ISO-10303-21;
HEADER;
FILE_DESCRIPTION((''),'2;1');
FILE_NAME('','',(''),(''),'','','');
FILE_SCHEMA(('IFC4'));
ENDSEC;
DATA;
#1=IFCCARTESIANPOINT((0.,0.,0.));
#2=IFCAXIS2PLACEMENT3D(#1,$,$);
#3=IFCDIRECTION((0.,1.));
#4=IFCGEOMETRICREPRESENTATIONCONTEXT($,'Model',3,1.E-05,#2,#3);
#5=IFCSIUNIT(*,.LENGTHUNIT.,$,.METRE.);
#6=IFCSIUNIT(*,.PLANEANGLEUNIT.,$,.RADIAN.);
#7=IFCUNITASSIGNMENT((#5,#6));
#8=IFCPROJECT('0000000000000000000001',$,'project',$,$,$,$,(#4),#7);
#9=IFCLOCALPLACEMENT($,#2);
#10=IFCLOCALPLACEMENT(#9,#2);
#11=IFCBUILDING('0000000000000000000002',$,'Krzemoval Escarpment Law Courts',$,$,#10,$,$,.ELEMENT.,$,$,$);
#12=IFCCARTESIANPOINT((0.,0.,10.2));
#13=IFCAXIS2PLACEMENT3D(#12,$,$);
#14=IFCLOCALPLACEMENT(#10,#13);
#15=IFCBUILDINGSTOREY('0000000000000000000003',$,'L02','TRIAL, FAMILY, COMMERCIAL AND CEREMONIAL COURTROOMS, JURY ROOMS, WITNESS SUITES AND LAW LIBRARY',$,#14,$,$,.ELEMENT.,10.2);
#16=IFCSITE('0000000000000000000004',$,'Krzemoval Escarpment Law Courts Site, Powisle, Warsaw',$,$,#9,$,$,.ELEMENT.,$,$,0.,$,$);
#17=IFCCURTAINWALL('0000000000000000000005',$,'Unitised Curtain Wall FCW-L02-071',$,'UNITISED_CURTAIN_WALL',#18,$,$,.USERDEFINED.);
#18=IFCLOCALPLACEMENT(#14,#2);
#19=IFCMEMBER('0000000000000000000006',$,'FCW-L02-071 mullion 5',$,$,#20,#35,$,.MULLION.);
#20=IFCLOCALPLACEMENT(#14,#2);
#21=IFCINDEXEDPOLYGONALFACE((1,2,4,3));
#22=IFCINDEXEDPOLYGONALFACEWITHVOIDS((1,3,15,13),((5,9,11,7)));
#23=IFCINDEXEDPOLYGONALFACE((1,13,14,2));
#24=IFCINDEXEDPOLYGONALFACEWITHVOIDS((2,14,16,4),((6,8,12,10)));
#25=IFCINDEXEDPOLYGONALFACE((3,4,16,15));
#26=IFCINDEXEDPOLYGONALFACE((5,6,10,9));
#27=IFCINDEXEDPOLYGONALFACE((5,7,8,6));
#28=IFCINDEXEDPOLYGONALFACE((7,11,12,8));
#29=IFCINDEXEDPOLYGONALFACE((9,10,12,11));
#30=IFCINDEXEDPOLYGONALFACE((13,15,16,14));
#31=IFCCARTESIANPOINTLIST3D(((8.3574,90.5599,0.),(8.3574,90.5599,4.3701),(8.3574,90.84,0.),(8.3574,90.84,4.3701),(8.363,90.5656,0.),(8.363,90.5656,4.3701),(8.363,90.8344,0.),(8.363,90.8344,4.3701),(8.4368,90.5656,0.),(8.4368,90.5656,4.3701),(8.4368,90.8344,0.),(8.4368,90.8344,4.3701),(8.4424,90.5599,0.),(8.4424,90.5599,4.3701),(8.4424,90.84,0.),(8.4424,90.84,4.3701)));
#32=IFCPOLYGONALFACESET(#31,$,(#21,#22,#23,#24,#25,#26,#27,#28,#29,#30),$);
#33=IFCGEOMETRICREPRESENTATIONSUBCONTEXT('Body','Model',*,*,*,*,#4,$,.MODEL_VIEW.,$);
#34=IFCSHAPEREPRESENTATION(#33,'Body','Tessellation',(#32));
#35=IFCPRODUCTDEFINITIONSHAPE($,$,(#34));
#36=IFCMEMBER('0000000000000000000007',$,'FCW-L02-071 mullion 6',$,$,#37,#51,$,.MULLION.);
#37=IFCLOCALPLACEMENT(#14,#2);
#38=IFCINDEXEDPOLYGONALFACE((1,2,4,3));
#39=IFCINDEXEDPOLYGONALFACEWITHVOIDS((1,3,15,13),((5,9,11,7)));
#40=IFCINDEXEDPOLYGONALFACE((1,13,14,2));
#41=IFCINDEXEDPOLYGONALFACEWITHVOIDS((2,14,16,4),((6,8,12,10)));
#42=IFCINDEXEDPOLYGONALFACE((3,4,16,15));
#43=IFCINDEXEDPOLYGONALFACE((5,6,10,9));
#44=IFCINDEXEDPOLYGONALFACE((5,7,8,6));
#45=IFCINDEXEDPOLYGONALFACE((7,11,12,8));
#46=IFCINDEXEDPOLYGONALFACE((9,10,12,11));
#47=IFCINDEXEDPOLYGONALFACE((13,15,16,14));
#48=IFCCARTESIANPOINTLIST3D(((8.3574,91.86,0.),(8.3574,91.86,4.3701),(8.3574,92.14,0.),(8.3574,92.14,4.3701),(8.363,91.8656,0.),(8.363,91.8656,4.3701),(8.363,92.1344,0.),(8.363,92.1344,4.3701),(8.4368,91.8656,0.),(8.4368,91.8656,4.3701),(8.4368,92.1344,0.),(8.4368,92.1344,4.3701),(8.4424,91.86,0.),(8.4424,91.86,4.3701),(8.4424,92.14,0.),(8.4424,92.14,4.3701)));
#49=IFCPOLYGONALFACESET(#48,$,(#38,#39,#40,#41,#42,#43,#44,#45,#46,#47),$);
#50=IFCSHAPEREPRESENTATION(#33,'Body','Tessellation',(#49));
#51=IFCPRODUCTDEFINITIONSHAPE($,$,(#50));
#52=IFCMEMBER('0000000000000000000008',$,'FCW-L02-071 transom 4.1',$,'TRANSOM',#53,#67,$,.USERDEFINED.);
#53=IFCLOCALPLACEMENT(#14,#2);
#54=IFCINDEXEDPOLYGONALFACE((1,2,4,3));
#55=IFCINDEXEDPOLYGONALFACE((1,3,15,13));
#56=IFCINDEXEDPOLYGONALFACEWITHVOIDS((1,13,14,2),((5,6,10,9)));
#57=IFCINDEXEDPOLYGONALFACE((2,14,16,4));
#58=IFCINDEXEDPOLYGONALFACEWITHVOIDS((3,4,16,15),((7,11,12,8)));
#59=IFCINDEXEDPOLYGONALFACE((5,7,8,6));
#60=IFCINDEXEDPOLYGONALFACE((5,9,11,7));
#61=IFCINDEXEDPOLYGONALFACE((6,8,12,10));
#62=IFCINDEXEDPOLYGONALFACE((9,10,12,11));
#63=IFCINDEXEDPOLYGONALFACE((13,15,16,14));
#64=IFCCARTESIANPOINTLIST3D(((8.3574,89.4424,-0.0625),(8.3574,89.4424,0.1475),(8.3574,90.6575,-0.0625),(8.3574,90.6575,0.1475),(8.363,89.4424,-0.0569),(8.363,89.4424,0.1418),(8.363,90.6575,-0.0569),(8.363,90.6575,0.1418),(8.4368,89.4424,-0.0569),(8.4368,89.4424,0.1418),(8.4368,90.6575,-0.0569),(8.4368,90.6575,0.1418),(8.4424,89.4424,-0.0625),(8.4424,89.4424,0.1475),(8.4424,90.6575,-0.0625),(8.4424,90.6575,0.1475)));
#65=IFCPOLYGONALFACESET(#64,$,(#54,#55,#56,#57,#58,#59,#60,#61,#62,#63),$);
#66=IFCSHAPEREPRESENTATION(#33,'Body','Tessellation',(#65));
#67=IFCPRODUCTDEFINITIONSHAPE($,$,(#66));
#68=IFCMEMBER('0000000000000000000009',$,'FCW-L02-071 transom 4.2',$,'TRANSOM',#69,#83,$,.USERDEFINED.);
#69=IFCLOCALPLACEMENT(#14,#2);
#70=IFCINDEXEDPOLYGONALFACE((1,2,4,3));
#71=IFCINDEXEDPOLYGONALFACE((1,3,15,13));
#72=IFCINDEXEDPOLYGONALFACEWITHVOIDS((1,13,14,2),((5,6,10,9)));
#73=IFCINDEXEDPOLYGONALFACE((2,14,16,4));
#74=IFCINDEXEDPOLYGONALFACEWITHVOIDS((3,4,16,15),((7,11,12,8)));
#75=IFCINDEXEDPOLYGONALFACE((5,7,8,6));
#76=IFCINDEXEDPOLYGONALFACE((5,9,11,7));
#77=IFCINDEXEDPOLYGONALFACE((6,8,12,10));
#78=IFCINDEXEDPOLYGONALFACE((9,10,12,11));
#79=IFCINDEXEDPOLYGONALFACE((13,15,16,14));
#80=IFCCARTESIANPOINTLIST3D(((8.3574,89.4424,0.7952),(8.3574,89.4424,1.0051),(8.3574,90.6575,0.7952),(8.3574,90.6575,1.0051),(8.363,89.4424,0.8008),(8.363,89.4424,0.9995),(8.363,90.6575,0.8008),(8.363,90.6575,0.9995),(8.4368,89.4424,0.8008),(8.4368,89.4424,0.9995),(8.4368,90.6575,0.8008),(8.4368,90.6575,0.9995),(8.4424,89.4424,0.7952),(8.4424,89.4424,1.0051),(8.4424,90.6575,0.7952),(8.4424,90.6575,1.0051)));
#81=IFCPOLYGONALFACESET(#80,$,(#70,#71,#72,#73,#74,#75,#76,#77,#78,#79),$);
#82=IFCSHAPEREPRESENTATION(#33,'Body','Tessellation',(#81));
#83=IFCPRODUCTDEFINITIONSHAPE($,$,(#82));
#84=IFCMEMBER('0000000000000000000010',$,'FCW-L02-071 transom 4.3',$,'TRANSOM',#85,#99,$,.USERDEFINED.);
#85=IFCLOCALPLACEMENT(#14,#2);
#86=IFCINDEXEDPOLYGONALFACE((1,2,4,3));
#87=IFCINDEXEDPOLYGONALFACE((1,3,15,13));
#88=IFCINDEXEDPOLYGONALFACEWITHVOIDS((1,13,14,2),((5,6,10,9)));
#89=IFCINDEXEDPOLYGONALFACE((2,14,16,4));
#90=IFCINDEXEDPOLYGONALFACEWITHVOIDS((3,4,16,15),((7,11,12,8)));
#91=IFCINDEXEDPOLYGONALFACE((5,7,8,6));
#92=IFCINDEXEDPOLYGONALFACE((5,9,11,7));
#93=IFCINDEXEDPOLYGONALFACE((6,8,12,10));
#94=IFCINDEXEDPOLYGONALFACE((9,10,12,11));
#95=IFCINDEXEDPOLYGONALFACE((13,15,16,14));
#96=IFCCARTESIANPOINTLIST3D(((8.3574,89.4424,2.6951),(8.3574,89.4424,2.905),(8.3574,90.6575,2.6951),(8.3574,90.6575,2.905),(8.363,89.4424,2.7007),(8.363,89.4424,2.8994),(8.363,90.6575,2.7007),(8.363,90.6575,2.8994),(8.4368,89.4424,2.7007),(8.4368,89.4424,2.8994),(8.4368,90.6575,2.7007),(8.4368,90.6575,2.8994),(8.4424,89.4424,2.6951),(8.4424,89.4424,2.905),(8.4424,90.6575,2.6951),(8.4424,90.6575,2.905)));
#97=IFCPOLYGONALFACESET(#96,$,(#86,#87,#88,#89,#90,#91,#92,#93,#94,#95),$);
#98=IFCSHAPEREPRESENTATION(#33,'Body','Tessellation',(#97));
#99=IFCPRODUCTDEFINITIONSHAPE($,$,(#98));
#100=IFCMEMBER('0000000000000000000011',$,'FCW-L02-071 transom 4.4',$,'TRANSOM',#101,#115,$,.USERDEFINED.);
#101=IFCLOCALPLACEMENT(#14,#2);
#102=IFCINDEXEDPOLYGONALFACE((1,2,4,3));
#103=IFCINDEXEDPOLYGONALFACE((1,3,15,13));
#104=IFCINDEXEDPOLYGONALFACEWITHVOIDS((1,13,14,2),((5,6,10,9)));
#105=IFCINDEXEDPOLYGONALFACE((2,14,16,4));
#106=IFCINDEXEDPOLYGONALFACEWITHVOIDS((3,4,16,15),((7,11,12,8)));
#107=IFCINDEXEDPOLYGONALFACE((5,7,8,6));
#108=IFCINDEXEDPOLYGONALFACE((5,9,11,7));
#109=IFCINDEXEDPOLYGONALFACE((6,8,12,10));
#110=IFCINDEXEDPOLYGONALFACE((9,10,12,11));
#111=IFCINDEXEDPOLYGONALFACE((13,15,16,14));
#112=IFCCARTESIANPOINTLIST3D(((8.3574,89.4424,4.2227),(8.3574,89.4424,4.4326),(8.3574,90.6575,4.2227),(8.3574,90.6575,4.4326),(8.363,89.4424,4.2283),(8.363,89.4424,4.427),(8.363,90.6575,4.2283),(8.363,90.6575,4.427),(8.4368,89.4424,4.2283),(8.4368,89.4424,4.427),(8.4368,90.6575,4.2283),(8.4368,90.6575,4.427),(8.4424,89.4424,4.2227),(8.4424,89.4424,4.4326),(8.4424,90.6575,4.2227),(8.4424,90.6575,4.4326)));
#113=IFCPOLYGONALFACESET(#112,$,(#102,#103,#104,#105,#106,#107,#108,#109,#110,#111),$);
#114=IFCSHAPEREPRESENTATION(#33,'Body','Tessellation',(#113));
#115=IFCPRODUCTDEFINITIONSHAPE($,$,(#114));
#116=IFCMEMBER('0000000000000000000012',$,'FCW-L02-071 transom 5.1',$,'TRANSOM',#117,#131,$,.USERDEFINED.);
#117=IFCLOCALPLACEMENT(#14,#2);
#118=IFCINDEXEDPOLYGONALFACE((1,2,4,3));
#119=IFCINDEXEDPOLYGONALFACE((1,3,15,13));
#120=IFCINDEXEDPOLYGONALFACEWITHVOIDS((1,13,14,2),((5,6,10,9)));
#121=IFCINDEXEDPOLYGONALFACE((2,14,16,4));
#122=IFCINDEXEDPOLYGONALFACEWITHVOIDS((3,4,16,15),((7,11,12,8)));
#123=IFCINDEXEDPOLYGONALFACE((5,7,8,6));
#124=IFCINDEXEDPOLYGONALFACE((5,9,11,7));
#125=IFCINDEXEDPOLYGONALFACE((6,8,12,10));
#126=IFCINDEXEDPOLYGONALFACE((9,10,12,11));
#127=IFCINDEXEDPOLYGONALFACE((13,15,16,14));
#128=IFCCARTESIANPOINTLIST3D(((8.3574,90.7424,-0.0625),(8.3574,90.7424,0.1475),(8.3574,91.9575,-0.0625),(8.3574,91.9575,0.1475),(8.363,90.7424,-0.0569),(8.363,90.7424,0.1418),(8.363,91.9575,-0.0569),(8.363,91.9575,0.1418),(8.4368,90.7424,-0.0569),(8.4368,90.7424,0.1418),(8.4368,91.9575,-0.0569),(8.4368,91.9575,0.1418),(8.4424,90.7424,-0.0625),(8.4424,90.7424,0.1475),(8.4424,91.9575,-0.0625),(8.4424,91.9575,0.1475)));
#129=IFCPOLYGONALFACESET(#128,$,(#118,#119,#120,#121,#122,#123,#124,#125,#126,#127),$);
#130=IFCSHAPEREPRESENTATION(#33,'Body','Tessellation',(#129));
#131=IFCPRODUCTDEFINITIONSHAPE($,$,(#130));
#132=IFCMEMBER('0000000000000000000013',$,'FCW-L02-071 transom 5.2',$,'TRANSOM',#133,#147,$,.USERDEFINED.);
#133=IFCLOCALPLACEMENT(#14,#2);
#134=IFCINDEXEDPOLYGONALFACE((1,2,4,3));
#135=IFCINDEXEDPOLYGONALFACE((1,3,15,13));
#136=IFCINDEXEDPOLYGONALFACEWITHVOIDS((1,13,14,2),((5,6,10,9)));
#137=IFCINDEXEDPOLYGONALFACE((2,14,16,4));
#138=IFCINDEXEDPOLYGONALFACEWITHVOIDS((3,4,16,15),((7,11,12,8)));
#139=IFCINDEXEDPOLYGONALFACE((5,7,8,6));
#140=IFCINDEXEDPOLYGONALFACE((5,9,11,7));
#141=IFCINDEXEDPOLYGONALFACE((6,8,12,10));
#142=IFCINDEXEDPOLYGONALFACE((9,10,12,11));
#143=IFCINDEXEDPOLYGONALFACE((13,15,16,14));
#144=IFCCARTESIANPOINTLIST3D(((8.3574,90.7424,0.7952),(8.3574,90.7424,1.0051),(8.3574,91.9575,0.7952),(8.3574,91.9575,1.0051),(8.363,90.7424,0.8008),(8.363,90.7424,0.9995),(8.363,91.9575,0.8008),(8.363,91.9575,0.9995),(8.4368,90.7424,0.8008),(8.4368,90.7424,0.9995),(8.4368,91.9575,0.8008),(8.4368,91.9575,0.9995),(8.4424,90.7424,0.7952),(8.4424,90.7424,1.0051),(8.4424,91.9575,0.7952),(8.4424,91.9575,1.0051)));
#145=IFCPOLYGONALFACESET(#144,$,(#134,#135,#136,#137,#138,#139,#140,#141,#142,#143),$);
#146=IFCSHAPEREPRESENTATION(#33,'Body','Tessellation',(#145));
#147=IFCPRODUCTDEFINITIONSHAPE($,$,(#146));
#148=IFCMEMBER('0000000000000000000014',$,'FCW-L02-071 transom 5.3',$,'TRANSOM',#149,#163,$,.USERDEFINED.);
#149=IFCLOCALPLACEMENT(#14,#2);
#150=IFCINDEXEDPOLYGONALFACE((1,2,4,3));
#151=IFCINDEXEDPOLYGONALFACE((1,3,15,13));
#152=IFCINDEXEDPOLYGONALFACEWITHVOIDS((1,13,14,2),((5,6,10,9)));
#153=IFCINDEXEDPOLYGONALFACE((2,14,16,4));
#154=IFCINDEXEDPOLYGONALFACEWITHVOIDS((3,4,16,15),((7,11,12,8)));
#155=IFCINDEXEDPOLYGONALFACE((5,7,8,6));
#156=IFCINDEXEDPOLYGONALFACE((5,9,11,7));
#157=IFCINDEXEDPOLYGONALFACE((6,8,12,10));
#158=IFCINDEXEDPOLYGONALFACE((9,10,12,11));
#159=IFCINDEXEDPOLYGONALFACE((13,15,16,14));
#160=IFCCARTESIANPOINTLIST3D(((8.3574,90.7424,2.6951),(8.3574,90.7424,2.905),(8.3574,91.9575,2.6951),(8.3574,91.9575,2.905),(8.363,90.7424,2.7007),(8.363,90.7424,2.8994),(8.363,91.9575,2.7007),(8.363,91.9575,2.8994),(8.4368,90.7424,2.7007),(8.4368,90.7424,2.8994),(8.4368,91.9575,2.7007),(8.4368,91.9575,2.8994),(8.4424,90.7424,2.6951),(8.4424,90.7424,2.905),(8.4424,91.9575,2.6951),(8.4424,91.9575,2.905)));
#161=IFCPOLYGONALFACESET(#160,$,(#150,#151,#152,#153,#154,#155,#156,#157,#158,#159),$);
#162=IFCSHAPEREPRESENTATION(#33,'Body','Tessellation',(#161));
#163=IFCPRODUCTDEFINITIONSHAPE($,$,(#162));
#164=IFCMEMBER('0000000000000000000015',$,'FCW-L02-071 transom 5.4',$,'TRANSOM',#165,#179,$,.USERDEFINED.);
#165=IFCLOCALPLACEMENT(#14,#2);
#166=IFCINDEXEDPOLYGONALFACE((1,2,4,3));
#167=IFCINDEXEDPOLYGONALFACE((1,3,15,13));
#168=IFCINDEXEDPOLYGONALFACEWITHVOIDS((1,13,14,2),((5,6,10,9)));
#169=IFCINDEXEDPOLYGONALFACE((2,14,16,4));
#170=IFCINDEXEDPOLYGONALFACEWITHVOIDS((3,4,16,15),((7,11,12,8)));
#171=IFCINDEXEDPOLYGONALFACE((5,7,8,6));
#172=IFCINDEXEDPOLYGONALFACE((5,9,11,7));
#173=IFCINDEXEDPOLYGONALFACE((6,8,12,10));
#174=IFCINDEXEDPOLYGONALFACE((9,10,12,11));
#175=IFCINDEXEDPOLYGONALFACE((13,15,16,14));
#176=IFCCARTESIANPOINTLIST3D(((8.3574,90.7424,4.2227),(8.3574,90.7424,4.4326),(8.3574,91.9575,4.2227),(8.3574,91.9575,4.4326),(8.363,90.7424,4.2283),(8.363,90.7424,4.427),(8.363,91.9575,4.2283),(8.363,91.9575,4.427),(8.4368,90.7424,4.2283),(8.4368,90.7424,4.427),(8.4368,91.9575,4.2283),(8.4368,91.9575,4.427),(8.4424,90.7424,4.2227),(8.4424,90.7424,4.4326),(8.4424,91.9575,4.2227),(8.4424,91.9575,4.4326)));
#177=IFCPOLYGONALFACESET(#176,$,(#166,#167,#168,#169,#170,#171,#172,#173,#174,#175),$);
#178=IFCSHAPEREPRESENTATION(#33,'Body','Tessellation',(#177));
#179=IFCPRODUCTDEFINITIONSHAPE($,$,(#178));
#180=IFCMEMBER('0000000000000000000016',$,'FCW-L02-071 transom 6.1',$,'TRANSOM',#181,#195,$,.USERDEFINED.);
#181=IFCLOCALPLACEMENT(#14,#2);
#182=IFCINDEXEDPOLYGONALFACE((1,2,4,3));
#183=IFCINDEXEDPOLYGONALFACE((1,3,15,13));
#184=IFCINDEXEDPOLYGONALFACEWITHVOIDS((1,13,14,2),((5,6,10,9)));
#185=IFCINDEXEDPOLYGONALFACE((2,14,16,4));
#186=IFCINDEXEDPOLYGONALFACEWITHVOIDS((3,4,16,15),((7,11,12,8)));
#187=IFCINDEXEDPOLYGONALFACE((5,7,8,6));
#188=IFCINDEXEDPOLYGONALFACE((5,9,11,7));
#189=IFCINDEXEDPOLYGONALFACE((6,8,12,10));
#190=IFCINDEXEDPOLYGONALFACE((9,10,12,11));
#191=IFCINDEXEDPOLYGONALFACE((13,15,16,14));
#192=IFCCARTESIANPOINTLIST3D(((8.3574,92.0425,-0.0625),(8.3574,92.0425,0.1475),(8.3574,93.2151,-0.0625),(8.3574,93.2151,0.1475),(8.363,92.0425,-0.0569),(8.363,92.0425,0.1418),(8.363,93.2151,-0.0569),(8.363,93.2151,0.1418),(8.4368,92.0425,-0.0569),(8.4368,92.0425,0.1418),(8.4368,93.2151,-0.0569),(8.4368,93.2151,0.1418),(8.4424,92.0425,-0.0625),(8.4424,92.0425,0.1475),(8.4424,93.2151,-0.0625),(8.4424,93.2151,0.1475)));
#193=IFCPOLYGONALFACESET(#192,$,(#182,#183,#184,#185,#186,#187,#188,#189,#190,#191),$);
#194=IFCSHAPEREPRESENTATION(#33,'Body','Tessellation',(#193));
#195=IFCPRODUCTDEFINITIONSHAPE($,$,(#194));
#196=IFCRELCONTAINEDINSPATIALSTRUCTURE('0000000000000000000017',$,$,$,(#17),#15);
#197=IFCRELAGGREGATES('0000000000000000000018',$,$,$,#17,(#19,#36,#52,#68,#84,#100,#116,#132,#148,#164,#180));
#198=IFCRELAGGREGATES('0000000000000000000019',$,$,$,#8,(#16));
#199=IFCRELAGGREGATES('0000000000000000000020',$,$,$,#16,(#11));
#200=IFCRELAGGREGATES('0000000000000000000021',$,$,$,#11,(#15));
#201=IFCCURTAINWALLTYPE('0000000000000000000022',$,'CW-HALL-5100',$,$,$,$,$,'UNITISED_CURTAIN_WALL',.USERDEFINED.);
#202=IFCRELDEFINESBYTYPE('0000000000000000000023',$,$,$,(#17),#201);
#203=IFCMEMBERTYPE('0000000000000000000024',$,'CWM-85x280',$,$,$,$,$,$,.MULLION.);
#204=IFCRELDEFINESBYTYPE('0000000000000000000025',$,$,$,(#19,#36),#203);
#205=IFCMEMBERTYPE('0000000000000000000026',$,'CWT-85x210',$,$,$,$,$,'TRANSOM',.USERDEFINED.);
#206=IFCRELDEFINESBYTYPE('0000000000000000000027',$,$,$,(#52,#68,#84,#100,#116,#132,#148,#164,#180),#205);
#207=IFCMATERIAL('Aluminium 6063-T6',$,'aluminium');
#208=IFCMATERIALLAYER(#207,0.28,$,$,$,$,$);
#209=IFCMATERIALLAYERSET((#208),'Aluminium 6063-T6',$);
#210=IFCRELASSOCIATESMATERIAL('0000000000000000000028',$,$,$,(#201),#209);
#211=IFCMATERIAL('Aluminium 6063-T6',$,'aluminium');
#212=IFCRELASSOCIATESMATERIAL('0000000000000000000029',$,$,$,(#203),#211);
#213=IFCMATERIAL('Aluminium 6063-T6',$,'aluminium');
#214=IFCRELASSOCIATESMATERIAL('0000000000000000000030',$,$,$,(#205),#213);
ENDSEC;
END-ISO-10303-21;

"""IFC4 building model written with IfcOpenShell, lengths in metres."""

from ifc_helpers import new_model, si_unit, direction, frame, origin, origin_2d, place, context, subcontext, project, spatial, hollow_rectangle, extrude, material, layer, layer_set, material_profile, profile_set, type_object, element, aggregate, save


model = new_model("IFC4")

# Units and contexts
model_context = context("Model", 3, precision=1e-05, world=origin(), true_north=direction((0.0, 1.0)))
body_context = subcontext(model_context, "Body", "Model", "MODEL_VIEW")
ifc_project = project(units=[si_unit("LENGTHUNIT", "METRE"), si_unit("PLANEANGLEUNIT", "RADIAN")], contexts=[model_context])

# Site, building, storey
site_placement = place(None, origin())
site = spatial("IfcSite", under=ifc_project, at=site_placement, Name="Krzemoval Escarpment Law Courts Site, Powisle, Warsaw", CompositionType="ELEMENT", RefElevation=0.0)
building_placement = place(site_placement, origin())
building = spatial("IfcBuilding", under=site, at=building_placement, Name="Krzemoval Escarpment Law Courts", CompositionType="ELEMENT")
storey_placement = place(building_placement, frame((0.0, 0.0, 10.2)))
storey = spatial("IfcBuildingStorey", under=building, at=storey_placement, Name="L02", Description="TRIAL, FAMILY, COMMERCIAL AND CEREMONIAL COURTROOMS, JURY ROOMS, WITNESS SUITES AND LAW LIBRARY", CompositionType="ELEMENT", Elevation=10.2)

# Curtain wall, members
ifc_material_1 = material(Name="Aluminium 6063-T6", Category="aluminium")
ifc_layer_1 = layer(ifc_material_1, 0.28)
ifc_layer_set_1 = layer_set([ifc_layer_1], Name="Aluminium 6063-T6")
curtain_wall_type = type_object("IfcCurtainWallType", Name="CW-HALL-5100", ElementType="UNITISED_CURTAIN_WALL", PredefinedType="USERDEFINED", material=ifc_layer_set_1)
curtain_wall_placement = place(storey_placement, origin())
curtain_wall = element("IfcCurtainWall", 1, at=curtain_wall_placement, inside=storey, type_object=curtain_wall_type, Name="Unitised Curtain Wall FCW-L02-071", ObjectType="UNITISED_CURTAIN_WALL", PredefinedType="USERDEFINED")
ifc_material_2 = material(Name="Aluminium 6063-T6", Category="aluminium")
ifc_material_profile_1 = material_profile(ifc_material_2, hollow_rectangle(XDim=0.085, YDim=0.28, WallThickness=0.0056, at=origin_2d()), Name="ALU M85x280")
ifc_profile_set_1 = profile_set([ifc_material_profile_1], Name="Aluminium 6063-T6")
member_type_1 = type_object("IfcMemberType", Name="CWM-85x280", PredefinedType="MULLION", material=ifc_profile_set_1)
member_1_placement = place(storey_placement, frame((8.3999, 90.7, 0.0), z_axis=(0.0, 0.0, 1.0), x_axis=(-1.0, 0.0, 0.0)))
member_1 = element("IfcMember", 2, at=member_1_placement, type_object=member_type_1, Name="FCW-L02-071 mullion 5", PredefinedType="MULLION", context=body_context, shape_type="SweptSolid", body=[
    extrude(hollow_rectangle(XDim=0.085, YDim=0.28, WallThickness=0.0056, at=origin_2d()), origin(), (0.0, 0.0, 1.0), 4.3701),
])
member_2_placement = place(storey_placement, frame((8.3999, 92.0, 0.0), z_axis=(0.0, 0.0, 1.0), x_axis=(-1.0, 0.0, 0.0)))
member_2 = element("IfcMember", 3, at=member_2_placement, type_object=member_type_1, Name="FCW-L02-071 mullion 6", PredefinedType="MULLION", context=body_context, shape_type="SweptSolid", body=[
    extrude(hollow_rectangle(XDim=0.085, YDim=0.28, WallThickness=0.0056, at=origin_2d()), origin(), (0.0, 0.0, 1.0), 4.3701),
])
ifc_material_3 = material(Name="Aluminium 6063-T6", Category="aluminium")
ifc_material_profile_2 = material_profile(ifc_material_3, hollow_rectangle(XDim=0.085, YDim=0.21, WallThickness=0.0056, at=origin_2d()), Name="ALU T85x210")
ifc_profile_set_2 = profile_set([ifc_material_profile_2], Name="Aluminium 6063-T6")
member_type_2 = type_object("IfcMemberType", Name="CWT-85x210", ElementType="TRANSOM", PredefinedType="USERDEFINED", material=ifc_profile_set_2)
member_3_placement = place(storey_placement, frame((8.3999, 89.4424, 0.0425), z_axis=(0.0, 1.0, 0.0), x_axis=(-1.0, 0.0, 0.0)))
member_3 = element("IfcMember", 4, at=member_3_placement, type_object=member_type_2, Name="FCW-L02-071 transom 4.1", ObjectType="TRANSOM", PredefinedType="USERDEFINED", context=body_context, shape_type="SweptSolid", body=[
    extrude(hollow_rectangle(XDim=0.085, YDim=0.21, WallThickness=0.0056, at=origin_2d()), origin(), (0.0, 0.0, 1.0), 1.2151),
])
member_4_placement = place(storey_placement, frame((8.3999, 89.4424, 0.9001), z_axis=(0.0, 1.0, 0.0), x_axis=(-1.0, 0.0, 0.0)))
member_4 = element("IfcMember", 5, at=member_4_placement, type_object=member_type_2, Name="FCW-L02-071 transom 4.2", ObjectType="TRANSOM", PredefinedType="USERDEFINED", context=body_context, shape_type="SweptSolid", body=[
    extrude(hollow_rectangle(XDim=0.085, YDim=0.21, WallThickness=0.0056, at=origin_2d()), origin(), (0.0, 0.0, 1.0), 1.2151),
])
member_5_placement = place(storey_placement, frame((8.3999, 89.4424, 2.8), z_axis=(0.0, 1.0, 0.0), x_axis=(-1.0, 0.0, 0.0)))
member_5 = element("IfcMember", 6, at=member_5_placement, type_object=member_type_2, Name="FCW-L02-071 transom 4.3", ObjectType="TRANSOM", PredefinedType="USERDEFINED", context=body_context, shape_type="SweptSolid", body=[
    extrude(hollow_rectangle(XDim=0.085, YDim=0.21, WallThickness=0.0056, at=origin_2d()), origin(), (0.0, 0.0, 1.0), 1.2151),
])
member_6_placement = place(storey_placement, frame((8.3999, 89.4424, 4.3276), z_axis=(0.0, 1.0, 0.0), x_axis=(-1.0, 0.0, 0.0)))
member_6 = element("IfcMember", 7, at=member_6_placement, type_object=member_type_2, Name="FCW-L02-071 transom 4.4", ObjectType="TRANSOM", PredefinedType="USERDEFINED", context=body_context, shape_type="SweptSolid", body=[
    extrude(hollow_rectangle(XDim=0.085, YDim=0.21, WallThickness=0.0056, at=origin_2d()), origin(), (0.0, 0.0, 1.0), 1.2151),
])
member_7_placement = place(storey_placement, frame((8.3999, 90.7424, 0.0425), z_axis=(0.0, 1.0, 0.0), x_axis=(-1.0, 0.0, 0.0)))
member_7 = element("IfcMember", 8, at=member_7_placement, type_object=member_type_2, Name="FCW-L02-071 transom 5.1", ObjectType="TRANSOM", PredefinedType="USERDEFINED", context=body_context, shape_type="SweptSolid", body=[
    extrude(hollow_rectangle(XDim=0.085, YDim=0.21, WallThickness=0.0056, at=origin_2d()), origin(), (0.0, 0.0, 1.0), 1.2151),
])
member_8_placement = place(storey_placement, frame((8.3999, 90.7424, 0.9001), z_axis=(0.0, 1.0, 0.0), x_axis=(-1.0, 0.0, 0.0)))
member_8 = element("IfcMember", 9, at=member_8_placement, type_object=member_type_2, Name="FCW-L02-071 transom 5.2", ObjectType="TRANSOM", PredefinedType="USERDEFINED", context=body_context, shape_type="SweptSolid", body=[
    extrude(hollow_rectangle(XDim=0.085, YDim=0.21, WallThickness=0.0056, at=origin_2d()), origin(), (0.0, 0.0, 1.0), 1.2151),
])
member_9_placement = place(storey_placement, frame((8.3999, 90.7424, 2.8), z_axis=(0.0, 1.0, 0.0), x_axis=(-1.0, 0.0, 0.0)))
member_9 = element("IfcMember", 10, at=member_9_placement, type_object=member_type_2, Name="FCW-L02-071 transom 5.3", ObjectType="TRANSOM", PredefinedType="USERDEFINED", context=body_context, shape_type="SweptSolid", body=[
    extrude(hollow_rectangle(XDim=0.085, YDim=0.21, WallThickness=0.0056, at=origin_2d()), origin(), (0.0, 0.0, 1.0), 1.2151),
])
member_10_placement = place(storey_placement, frame((8.3999, 90.7424, 4.3276), z_axis=(0.0, 1.0, 0.0), x_axis=(-1.0, 0.0, 0.0)))
member_10 = element("IfcMember", 11, at=member_10_placement, type_object=member_type_2, Name="FCW-L02-071 transom 5.4", ObjectType="TRANSOM", PredefinedType="USERDEFINED", context=body_context, shape_type="SweptSolid", body=[
    extrude(hollow_rectangle(XDim=0.085, YDim=0.21, WallThickness=0.0056, at=origin_2d()), origin(), (0.0, 0.0, 1.0), 1.2151),
])
member_11_placement = place(storey_placement, frame((8.3999, 92.0425, 0.0425), z_axis=(0.0, 1.0, 0.0), x_axis=(-1.0, 0.0, 0.0)))
member_11 = element("IfcMember", 12, at=member_11_placement, type_object=member_type_2, Name="FCW-L02-071 transom 6.1", ObjectType="TRANSOM", PredefinedType="USERDEFINED", context=body_context, shape_type="SweptSolid", body=[
    extrude(hollow_rectangle(XDim=0.085, YDim=0.21, WallThickness=0.0056, at=origin_2d()), origin(), (0.0, 0.0, 1.0), 1.1726),
])
aggregate(curtain_wall, [member_1, member_2, member_3, member_4, member_5, member_6, member_7, member_8, member_9, member_10, member_11])

save(model, "model.ifc")
